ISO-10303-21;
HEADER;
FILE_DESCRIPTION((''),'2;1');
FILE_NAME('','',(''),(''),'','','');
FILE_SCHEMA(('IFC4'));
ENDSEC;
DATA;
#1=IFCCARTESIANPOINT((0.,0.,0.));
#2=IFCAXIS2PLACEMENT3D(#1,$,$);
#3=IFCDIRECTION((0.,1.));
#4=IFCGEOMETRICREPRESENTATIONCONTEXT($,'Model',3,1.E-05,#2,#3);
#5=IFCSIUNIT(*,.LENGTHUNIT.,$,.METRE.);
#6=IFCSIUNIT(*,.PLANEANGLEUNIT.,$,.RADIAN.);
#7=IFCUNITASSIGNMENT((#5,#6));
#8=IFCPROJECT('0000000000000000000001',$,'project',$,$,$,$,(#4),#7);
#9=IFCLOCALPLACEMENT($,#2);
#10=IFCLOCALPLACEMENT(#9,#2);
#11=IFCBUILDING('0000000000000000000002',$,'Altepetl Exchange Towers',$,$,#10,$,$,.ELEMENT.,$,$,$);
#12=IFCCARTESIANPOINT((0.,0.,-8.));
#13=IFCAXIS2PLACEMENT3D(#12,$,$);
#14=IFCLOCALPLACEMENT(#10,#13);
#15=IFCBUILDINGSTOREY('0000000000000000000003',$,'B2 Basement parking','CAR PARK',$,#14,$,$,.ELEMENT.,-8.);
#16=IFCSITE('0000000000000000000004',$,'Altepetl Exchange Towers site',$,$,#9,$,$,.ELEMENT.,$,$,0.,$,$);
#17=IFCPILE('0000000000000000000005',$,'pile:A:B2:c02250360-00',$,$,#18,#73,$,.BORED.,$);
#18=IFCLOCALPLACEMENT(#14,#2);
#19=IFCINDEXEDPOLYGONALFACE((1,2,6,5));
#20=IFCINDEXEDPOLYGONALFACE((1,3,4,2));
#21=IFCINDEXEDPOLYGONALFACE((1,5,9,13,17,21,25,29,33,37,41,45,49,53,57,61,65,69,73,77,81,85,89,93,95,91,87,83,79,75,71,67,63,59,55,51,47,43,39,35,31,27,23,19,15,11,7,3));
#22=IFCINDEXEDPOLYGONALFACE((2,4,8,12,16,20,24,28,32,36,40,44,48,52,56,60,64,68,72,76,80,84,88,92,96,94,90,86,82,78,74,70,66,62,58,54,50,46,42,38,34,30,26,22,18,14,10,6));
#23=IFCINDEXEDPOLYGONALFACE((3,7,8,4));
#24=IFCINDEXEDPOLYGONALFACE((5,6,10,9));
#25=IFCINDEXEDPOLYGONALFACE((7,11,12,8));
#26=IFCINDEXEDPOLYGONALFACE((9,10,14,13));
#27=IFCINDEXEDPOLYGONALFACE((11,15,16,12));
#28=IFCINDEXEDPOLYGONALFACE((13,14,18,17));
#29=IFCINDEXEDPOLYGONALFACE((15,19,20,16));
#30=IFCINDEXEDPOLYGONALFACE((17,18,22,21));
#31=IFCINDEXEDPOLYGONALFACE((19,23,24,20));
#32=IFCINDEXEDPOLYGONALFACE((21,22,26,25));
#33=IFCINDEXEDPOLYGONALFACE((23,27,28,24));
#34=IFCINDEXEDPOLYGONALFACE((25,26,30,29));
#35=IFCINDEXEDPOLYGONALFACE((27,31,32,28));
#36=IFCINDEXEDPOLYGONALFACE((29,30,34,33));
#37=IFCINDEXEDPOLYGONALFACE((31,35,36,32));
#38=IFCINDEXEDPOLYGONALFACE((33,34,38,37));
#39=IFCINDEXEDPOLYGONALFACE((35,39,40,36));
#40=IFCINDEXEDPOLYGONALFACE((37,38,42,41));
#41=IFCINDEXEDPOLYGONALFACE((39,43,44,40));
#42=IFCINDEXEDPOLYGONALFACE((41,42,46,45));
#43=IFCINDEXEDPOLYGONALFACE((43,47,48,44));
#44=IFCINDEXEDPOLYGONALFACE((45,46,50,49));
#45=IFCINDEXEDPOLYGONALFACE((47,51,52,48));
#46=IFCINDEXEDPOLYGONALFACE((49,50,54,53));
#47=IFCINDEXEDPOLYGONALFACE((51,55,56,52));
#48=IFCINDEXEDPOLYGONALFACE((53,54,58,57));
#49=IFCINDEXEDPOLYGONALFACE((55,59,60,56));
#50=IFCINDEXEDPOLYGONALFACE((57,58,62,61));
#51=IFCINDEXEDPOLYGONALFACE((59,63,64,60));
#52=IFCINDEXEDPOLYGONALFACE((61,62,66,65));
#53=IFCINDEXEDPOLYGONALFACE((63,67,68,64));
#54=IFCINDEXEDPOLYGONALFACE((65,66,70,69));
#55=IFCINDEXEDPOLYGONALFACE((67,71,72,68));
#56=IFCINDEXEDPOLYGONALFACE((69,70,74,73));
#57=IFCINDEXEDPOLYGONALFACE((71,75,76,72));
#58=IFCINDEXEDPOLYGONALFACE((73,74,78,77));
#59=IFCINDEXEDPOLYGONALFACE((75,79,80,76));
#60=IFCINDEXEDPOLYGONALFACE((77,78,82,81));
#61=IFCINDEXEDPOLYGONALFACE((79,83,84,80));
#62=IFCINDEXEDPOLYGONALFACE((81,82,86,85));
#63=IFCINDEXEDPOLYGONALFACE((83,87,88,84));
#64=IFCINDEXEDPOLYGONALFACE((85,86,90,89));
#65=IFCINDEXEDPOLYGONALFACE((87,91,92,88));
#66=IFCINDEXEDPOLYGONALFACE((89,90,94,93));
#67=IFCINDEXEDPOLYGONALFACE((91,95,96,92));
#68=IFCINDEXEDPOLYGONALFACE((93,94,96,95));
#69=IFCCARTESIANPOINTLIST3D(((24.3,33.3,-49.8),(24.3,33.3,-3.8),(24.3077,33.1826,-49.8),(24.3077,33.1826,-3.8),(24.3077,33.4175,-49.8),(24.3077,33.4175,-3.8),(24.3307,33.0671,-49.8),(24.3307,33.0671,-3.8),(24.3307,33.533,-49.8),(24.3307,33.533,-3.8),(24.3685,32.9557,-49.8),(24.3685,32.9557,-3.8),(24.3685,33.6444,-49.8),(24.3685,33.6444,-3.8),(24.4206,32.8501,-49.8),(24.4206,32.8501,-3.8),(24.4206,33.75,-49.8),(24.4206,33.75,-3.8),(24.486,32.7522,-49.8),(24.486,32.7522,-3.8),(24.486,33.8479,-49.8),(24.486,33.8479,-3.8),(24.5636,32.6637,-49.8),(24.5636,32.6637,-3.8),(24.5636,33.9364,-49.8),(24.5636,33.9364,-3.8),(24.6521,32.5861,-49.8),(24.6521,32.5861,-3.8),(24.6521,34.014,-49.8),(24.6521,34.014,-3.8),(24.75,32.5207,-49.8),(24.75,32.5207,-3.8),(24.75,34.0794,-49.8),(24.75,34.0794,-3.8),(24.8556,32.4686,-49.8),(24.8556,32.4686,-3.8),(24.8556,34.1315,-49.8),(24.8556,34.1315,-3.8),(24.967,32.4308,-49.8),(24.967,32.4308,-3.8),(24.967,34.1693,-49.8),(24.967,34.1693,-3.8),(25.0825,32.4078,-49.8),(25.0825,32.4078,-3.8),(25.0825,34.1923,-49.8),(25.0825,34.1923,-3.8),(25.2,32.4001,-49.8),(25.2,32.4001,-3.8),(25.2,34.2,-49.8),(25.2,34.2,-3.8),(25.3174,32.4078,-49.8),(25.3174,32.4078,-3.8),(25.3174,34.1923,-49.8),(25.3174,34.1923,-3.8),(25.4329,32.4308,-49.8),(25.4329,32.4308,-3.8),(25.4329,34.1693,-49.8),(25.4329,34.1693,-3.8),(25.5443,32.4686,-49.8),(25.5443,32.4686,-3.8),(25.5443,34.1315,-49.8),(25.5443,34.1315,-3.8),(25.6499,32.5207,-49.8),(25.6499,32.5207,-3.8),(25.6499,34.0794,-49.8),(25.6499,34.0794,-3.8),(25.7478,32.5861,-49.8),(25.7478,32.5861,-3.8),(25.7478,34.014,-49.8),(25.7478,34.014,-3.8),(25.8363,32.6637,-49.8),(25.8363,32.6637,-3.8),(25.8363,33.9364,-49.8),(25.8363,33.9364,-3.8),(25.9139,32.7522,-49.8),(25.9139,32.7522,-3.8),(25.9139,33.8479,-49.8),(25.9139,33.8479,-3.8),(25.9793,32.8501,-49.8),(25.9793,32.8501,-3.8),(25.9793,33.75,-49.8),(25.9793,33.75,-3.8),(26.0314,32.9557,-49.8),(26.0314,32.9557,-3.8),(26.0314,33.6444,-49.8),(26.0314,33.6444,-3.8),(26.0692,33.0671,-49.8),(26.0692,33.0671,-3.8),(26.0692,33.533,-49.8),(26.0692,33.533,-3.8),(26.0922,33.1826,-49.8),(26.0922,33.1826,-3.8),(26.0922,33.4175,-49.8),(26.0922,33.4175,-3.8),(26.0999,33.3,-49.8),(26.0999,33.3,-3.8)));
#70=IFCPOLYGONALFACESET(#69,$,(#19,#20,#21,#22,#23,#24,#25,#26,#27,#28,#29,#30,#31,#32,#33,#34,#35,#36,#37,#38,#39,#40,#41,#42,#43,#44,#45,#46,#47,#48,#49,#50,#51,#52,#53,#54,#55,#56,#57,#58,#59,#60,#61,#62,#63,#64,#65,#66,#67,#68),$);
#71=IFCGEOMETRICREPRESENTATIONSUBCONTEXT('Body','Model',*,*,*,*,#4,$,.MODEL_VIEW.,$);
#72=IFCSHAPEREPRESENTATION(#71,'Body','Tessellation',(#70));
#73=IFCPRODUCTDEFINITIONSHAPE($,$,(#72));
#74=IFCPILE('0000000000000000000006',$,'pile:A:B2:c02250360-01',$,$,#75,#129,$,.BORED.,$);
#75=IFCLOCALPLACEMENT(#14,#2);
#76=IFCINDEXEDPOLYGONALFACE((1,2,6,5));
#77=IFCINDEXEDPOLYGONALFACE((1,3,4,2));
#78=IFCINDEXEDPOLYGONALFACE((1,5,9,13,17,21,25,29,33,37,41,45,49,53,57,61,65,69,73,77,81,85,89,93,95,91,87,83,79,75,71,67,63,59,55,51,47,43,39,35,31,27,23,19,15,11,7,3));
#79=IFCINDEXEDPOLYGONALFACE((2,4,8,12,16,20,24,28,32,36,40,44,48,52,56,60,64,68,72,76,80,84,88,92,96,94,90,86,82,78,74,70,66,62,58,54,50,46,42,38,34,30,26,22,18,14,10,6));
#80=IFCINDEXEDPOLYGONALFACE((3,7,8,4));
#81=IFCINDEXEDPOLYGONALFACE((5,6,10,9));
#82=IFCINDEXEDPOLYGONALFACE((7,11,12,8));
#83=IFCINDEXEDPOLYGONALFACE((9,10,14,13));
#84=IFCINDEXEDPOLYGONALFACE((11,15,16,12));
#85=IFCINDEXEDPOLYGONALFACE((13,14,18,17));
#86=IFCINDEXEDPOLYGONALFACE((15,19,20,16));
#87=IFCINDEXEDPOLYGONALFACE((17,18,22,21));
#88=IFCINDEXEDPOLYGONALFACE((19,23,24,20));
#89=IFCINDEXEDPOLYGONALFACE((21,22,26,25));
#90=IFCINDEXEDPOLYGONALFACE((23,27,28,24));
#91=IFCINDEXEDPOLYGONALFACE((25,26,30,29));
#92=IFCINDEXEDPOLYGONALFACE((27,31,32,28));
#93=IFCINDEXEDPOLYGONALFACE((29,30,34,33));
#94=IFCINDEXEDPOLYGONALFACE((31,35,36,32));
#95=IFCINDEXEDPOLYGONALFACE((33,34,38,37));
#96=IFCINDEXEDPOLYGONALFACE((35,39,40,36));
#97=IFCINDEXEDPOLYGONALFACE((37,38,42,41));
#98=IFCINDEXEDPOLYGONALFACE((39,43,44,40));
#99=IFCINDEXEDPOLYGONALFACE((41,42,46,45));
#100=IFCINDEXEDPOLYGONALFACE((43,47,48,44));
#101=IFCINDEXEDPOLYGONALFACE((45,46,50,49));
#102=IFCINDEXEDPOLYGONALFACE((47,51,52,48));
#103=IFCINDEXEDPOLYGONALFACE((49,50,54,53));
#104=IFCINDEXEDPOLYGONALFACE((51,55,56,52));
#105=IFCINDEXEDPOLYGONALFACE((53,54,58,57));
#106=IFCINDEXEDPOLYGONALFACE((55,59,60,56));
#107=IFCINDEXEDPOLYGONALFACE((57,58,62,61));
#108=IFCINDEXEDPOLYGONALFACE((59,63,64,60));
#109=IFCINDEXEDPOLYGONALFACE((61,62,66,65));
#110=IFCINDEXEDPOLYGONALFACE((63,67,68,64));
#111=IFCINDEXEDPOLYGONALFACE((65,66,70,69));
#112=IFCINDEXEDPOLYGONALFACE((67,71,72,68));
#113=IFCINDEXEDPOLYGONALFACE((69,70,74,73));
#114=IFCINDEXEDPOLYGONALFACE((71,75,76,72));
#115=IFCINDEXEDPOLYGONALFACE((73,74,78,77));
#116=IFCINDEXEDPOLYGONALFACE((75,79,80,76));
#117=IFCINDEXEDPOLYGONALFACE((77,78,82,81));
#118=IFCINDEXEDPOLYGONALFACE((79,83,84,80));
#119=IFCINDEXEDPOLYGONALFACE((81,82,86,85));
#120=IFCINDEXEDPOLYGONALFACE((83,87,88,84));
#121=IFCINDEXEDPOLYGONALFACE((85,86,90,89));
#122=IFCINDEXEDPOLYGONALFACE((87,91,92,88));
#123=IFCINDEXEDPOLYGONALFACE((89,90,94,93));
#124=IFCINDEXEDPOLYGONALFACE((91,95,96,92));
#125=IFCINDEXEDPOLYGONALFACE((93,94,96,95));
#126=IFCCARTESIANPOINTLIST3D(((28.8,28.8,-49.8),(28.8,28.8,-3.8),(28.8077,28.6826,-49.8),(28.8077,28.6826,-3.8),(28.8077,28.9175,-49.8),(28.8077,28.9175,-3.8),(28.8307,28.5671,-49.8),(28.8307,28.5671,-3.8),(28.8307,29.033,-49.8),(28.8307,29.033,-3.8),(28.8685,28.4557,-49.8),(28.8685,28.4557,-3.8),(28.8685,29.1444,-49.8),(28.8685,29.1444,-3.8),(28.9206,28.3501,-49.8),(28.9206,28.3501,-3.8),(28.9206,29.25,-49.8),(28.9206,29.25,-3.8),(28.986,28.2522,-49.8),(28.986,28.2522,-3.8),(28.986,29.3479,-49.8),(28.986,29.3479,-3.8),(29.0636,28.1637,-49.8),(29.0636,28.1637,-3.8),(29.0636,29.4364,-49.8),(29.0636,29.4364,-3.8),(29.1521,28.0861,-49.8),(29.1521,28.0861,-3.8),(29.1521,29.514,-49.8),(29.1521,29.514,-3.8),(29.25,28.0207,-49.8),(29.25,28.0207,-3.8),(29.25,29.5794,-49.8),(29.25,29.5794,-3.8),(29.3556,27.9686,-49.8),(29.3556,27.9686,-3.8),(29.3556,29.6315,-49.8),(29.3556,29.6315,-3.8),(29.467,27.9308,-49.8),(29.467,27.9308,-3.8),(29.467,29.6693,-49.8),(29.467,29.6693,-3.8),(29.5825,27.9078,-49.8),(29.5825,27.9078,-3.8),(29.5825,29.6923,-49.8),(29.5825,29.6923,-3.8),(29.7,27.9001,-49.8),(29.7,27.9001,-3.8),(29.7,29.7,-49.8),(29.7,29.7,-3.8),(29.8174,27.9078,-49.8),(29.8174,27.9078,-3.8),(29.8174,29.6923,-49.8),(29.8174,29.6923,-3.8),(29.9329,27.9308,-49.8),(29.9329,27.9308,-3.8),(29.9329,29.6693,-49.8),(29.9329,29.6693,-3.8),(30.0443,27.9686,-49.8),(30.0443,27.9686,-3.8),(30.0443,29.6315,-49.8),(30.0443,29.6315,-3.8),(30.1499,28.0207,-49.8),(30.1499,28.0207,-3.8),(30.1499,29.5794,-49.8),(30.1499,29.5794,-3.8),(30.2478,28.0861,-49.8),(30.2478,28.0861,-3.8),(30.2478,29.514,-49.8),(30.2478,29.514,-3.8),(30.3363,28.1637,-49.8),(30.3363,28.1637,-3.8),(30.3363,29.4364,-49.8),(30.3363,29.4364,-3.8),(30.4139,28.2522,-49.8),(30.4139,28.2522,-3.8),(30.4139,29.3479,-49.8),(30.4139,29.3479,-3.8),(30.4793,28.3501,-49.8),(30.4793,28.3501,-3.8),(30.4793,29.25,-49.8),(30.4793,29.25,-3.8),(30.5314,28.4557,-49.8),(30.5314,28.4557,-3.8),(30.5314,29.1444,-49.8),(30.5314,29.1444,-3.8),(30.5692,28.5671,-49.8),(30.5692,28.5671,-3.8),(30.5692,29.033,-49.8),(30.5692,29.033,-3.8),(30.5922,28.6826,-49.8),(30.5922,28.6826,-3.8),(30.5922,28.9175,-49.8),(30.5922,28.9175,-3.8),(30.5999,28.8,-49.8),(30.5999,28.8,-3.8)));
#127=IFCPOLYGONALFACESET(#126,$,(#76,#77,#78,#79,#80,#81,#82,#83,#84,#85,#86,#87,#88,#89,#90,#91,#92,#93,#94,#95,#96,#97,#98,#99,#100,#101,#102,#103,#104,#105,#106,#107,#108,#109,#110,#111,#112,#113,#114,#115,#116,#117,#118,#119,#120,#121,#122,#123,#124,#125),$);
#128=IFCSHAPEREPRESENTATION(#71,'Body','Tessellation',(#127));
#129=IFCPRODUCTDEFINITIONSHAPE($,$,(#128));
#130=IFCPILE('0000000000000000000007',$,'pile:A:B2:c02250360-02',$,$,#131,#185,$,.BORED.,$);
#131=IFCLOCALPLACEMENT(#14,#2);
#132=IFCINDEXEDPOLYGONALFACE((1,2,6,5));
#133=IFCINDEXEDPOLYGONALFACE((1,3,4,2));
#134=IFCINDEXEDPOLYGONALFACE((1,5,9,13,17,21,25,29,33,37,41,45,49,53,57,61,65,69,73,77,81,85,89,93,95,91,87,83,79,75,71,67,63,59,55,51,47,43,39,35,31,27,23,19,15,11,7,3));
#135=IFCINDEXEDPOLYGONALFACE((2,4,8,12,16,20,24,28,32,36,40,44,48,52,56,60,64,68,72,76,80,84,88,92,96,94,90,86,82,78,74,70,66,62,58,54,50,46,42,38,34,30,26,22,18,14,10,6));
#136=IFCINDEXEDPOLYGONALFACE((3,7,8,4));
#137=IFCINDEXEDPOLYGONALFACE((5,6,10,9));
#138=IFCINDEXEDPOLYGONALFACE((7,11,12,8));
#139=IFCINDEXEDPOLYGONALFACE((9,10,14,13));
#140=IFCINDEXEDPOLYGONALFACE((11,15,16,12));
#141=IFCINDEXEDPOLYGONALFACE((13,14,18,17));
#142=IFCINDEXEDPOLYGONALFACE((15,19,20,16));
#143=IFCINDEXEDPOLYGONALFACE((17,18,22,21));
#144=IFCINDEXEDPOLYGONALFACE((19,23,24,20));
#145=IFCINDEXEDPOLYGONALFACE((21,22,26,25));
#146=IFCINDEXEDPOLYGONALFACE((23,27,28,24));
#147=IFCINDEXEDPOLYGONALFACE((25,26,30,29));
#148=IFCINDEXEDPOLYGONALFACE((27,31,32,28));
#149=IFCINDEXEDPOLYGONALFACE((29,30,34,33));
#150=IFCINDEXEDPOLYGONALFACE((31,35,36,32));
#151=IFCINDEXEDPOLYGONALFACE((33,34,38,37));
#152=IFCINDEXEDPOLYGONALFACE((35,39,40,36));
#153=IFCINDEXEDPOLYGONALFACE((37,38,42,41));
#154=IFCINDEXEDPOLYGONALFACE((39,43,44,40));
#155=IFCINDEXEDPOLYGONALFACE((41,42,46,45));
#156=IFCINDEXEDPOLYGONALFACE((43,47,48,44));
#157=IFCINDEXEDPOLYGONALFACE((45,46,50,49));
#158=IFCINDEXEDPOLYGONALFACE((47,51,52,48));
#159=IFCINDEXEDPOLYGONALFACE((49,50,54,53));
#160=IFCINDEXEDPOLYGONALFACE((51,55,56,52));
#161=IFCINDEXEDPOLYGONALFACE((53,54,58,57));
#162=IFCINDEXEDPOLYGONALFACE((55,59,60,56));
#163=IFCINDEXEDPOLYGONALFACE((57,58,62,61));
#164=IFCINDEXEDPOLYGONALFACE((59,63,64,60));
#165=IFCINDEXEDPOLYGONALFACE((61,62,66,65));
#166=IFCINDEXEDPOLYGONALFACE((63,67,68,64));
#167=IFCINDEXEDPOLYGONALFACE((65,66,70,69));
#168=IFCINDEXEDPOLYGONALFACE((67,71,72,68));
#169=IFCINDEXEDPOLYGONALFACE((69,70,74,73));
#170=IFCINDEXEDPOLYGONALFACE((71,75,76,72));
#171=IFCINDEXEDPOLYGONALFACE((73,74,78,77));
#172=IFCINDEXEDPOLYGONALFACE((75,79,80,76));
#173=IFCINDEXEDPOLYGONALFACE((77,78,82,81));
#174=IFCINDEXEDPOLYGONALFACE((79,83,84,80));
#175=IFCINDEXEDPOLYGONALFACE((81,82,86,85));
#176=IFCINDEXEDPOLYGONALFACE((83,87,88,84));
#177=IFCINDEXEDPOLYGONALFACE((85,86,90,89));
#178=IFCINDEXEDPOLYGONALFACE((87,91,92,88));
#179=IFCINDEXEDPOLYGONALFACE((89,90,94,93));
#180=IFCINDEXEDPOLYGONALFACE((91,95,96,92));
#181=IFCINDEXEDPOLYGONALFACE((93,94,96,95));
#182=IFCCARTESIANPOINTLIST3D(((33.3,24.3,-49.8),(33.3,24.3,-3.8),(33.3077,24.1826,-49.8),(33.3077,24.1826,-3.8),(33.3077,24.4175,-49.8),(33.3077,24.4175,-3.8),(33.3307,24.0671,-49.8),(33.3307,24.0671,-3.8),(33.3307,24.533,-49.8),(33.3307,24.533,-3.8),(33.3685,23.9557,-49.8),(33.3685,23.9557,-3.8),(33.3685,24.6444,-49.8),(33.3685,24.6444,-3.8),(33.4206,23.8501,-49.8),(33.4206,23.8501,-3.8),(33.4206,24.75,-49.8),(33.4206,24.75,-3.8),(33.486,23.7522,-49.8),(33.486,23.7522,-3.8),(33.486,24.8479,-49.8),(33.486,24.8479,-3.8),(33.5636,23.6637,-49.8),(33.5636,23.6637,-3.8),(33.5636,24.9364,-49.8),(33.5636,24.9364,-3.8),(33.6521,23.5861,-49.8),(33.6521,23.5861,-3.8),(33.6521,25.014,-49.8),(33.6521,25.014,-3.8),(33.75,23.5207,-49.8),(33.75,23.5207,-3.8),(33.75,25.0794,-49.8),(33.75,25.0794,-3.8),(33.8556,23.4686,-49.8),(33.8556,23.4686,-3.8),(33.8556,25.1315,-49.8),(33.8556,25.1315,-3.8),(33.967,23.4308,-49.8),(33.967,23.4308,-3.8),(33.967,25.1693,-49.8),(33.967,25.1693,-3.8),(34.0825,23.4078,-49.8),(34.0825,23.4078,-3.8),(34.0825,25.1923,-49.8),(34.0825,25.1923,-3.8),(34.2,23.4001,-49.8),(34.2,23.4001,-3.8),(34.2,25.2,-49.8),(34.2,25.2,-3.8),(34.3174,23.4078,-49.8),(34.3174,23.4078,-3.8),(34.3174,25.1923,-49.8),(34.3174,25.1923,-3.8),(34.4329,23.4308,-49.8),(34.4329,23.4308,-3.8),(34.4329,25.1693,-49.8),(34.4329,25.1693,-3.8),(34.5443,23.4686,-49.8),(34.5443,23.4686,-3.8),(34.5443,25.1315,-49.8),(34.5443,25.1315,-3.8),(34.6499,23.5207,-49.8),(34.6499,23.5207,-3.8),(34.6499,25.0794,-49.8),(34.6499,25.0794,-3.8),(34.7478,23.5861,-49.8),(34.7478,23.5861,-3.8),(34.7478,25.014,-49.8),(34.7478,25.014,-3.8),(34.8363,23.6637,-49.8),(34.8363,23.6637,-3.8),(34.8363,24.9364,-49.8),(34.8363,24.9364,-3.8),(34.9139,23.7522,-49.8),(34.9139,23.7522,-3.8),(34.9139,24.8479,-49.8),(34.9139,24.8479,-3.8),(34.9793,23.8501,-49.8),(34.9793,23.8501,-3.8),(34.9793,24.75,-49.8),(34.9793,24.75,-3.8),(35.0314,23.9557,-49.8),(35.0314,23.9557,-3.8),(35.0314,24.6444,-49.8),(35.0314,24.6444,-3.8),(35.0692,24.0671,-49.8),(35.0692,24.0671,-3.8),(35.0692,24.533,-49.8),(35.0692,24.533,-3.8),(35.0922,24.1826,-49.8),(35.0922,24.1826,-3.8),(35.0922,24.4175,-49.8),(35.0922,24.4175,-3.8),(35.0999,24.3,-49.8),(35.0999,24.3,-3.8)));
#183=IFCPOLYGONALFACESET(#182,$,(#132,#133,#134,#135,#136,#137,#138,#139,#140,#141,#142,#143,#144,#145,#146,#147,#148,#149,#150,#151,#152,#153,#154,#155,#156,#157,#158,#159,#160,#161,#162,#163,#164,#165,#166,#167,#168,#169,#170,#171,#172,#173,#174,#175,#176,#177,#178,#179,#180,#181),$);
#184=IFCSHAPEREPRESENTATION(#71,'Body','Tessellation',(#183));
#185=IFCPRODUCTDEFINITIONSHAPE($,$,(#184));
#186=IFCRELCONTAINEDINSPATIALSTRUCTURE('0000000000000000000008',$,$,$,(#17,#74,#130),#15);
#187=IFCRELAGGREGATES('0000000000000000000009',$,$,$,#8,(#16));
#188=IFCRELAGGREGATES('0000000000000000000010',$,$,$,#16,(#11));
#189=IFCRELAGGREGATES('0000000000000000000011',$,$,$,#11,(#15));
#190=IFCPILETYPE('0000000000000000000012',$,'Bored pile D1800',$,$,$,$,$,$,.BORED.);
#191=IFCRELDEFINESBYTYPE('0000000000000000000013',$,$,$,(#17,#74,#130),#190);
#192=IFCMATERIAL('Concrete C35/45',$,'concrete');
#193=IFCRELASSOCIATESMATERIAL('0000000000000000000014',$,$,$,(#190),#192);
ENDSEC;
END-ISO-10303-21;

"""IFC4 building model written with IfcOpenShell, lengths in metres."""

from ifc_helpers import new_model, si_unit, direction, frame, origin, origin_2d, place, context, subcontext, project, spatial, circle, extrude, material, material_profile, profile_set, type_object, element, save


model = new_model("IFC4")

# Units and contexts
model_context = context("Model", 3, precision=1e-05, world=origin(), true_north=direction((0.0, 1.0)))
body_context = subcontext(model_context, "Body", "Model", "MODEL_VIEW")
ifc_project = project(units=[si_unit("LENGTHUNIT", "METRE"), si_unit("PLANEANGLEUNIT", "RADIAN")], contexts=[model_context])

# Site, building, storey
site_placement = place(None, origin())
site = spatial("IfcSite", under=ifc_project, at=site_placement, Name="Altepetl Exchange Towers site", CompositionType="ELEMENT", RefElevation=0.0)
building_placement = place(site_placement, origin())
building = spatial("IfcBuilding", under=site, at=building_placement, Name="Altepetl Exchange Towers", CompositionType="ELEMENT")
storey_placement = place(building_placement, frame((0.0, 0.0, -8.0)))
storey = spatial("IfcBuildingStorey", under=building, at=storey_placement, Name="B2 Basement parking", Description="CAR PARK", CompositionType="ELEMENT", Elevation=-8.0)

# Piles
ifc_material_1 = material(Name="Concrete C35/45", Category="concrete")
ifc_material_profile_1 = material_profile(ifc_material_1, circle(Radius=0.8999, at=origin_2d()), Name="D1800")
ifc_profile_set_1 = profile_set([ifc_material_profile_1], Name="Concrete C35/45")
pile_type_1 = type_object("IfcPileType", Name="Bored pile D1800", PredefinedType="BORED", material=ifc_profile_set_1)
for number, where, z_axis, x_axis, name in (
    (1, (25.2, 33.3, -3.8), (0.0, 0.0, -1.0), (1.0, 0.0, 0.0), "pile:A:B2:c02250360-00"),
    (2, (29.7, 28.8, -3.8), (0.0, 0.0, -1.0), (1.0, 0.0, 0.0), "pile:A:B2:c02250360-01"),
    (3, (34.2, 24.3, -3.8), (0.0, 0.0, -1.0), (1.0, 0.0, 0.0), "pile:A:B2:c02250360-02"),
):
    element("IfcPile", number, at=place(storey_placement, frame(where, z_axis=z_axis, x_axis=x_axis)), inside=storey, type_object=pile_type_1, Name=name, PredefinedType="BORED", context=body_context, shape_type="SweptSolid", body=[
        extrude(circle(Radius=0.8999, at=origin_2d()), origin(), (0.0, 0.0, 1.0), 46.0),
    ])

save(model, "model.ifc")
